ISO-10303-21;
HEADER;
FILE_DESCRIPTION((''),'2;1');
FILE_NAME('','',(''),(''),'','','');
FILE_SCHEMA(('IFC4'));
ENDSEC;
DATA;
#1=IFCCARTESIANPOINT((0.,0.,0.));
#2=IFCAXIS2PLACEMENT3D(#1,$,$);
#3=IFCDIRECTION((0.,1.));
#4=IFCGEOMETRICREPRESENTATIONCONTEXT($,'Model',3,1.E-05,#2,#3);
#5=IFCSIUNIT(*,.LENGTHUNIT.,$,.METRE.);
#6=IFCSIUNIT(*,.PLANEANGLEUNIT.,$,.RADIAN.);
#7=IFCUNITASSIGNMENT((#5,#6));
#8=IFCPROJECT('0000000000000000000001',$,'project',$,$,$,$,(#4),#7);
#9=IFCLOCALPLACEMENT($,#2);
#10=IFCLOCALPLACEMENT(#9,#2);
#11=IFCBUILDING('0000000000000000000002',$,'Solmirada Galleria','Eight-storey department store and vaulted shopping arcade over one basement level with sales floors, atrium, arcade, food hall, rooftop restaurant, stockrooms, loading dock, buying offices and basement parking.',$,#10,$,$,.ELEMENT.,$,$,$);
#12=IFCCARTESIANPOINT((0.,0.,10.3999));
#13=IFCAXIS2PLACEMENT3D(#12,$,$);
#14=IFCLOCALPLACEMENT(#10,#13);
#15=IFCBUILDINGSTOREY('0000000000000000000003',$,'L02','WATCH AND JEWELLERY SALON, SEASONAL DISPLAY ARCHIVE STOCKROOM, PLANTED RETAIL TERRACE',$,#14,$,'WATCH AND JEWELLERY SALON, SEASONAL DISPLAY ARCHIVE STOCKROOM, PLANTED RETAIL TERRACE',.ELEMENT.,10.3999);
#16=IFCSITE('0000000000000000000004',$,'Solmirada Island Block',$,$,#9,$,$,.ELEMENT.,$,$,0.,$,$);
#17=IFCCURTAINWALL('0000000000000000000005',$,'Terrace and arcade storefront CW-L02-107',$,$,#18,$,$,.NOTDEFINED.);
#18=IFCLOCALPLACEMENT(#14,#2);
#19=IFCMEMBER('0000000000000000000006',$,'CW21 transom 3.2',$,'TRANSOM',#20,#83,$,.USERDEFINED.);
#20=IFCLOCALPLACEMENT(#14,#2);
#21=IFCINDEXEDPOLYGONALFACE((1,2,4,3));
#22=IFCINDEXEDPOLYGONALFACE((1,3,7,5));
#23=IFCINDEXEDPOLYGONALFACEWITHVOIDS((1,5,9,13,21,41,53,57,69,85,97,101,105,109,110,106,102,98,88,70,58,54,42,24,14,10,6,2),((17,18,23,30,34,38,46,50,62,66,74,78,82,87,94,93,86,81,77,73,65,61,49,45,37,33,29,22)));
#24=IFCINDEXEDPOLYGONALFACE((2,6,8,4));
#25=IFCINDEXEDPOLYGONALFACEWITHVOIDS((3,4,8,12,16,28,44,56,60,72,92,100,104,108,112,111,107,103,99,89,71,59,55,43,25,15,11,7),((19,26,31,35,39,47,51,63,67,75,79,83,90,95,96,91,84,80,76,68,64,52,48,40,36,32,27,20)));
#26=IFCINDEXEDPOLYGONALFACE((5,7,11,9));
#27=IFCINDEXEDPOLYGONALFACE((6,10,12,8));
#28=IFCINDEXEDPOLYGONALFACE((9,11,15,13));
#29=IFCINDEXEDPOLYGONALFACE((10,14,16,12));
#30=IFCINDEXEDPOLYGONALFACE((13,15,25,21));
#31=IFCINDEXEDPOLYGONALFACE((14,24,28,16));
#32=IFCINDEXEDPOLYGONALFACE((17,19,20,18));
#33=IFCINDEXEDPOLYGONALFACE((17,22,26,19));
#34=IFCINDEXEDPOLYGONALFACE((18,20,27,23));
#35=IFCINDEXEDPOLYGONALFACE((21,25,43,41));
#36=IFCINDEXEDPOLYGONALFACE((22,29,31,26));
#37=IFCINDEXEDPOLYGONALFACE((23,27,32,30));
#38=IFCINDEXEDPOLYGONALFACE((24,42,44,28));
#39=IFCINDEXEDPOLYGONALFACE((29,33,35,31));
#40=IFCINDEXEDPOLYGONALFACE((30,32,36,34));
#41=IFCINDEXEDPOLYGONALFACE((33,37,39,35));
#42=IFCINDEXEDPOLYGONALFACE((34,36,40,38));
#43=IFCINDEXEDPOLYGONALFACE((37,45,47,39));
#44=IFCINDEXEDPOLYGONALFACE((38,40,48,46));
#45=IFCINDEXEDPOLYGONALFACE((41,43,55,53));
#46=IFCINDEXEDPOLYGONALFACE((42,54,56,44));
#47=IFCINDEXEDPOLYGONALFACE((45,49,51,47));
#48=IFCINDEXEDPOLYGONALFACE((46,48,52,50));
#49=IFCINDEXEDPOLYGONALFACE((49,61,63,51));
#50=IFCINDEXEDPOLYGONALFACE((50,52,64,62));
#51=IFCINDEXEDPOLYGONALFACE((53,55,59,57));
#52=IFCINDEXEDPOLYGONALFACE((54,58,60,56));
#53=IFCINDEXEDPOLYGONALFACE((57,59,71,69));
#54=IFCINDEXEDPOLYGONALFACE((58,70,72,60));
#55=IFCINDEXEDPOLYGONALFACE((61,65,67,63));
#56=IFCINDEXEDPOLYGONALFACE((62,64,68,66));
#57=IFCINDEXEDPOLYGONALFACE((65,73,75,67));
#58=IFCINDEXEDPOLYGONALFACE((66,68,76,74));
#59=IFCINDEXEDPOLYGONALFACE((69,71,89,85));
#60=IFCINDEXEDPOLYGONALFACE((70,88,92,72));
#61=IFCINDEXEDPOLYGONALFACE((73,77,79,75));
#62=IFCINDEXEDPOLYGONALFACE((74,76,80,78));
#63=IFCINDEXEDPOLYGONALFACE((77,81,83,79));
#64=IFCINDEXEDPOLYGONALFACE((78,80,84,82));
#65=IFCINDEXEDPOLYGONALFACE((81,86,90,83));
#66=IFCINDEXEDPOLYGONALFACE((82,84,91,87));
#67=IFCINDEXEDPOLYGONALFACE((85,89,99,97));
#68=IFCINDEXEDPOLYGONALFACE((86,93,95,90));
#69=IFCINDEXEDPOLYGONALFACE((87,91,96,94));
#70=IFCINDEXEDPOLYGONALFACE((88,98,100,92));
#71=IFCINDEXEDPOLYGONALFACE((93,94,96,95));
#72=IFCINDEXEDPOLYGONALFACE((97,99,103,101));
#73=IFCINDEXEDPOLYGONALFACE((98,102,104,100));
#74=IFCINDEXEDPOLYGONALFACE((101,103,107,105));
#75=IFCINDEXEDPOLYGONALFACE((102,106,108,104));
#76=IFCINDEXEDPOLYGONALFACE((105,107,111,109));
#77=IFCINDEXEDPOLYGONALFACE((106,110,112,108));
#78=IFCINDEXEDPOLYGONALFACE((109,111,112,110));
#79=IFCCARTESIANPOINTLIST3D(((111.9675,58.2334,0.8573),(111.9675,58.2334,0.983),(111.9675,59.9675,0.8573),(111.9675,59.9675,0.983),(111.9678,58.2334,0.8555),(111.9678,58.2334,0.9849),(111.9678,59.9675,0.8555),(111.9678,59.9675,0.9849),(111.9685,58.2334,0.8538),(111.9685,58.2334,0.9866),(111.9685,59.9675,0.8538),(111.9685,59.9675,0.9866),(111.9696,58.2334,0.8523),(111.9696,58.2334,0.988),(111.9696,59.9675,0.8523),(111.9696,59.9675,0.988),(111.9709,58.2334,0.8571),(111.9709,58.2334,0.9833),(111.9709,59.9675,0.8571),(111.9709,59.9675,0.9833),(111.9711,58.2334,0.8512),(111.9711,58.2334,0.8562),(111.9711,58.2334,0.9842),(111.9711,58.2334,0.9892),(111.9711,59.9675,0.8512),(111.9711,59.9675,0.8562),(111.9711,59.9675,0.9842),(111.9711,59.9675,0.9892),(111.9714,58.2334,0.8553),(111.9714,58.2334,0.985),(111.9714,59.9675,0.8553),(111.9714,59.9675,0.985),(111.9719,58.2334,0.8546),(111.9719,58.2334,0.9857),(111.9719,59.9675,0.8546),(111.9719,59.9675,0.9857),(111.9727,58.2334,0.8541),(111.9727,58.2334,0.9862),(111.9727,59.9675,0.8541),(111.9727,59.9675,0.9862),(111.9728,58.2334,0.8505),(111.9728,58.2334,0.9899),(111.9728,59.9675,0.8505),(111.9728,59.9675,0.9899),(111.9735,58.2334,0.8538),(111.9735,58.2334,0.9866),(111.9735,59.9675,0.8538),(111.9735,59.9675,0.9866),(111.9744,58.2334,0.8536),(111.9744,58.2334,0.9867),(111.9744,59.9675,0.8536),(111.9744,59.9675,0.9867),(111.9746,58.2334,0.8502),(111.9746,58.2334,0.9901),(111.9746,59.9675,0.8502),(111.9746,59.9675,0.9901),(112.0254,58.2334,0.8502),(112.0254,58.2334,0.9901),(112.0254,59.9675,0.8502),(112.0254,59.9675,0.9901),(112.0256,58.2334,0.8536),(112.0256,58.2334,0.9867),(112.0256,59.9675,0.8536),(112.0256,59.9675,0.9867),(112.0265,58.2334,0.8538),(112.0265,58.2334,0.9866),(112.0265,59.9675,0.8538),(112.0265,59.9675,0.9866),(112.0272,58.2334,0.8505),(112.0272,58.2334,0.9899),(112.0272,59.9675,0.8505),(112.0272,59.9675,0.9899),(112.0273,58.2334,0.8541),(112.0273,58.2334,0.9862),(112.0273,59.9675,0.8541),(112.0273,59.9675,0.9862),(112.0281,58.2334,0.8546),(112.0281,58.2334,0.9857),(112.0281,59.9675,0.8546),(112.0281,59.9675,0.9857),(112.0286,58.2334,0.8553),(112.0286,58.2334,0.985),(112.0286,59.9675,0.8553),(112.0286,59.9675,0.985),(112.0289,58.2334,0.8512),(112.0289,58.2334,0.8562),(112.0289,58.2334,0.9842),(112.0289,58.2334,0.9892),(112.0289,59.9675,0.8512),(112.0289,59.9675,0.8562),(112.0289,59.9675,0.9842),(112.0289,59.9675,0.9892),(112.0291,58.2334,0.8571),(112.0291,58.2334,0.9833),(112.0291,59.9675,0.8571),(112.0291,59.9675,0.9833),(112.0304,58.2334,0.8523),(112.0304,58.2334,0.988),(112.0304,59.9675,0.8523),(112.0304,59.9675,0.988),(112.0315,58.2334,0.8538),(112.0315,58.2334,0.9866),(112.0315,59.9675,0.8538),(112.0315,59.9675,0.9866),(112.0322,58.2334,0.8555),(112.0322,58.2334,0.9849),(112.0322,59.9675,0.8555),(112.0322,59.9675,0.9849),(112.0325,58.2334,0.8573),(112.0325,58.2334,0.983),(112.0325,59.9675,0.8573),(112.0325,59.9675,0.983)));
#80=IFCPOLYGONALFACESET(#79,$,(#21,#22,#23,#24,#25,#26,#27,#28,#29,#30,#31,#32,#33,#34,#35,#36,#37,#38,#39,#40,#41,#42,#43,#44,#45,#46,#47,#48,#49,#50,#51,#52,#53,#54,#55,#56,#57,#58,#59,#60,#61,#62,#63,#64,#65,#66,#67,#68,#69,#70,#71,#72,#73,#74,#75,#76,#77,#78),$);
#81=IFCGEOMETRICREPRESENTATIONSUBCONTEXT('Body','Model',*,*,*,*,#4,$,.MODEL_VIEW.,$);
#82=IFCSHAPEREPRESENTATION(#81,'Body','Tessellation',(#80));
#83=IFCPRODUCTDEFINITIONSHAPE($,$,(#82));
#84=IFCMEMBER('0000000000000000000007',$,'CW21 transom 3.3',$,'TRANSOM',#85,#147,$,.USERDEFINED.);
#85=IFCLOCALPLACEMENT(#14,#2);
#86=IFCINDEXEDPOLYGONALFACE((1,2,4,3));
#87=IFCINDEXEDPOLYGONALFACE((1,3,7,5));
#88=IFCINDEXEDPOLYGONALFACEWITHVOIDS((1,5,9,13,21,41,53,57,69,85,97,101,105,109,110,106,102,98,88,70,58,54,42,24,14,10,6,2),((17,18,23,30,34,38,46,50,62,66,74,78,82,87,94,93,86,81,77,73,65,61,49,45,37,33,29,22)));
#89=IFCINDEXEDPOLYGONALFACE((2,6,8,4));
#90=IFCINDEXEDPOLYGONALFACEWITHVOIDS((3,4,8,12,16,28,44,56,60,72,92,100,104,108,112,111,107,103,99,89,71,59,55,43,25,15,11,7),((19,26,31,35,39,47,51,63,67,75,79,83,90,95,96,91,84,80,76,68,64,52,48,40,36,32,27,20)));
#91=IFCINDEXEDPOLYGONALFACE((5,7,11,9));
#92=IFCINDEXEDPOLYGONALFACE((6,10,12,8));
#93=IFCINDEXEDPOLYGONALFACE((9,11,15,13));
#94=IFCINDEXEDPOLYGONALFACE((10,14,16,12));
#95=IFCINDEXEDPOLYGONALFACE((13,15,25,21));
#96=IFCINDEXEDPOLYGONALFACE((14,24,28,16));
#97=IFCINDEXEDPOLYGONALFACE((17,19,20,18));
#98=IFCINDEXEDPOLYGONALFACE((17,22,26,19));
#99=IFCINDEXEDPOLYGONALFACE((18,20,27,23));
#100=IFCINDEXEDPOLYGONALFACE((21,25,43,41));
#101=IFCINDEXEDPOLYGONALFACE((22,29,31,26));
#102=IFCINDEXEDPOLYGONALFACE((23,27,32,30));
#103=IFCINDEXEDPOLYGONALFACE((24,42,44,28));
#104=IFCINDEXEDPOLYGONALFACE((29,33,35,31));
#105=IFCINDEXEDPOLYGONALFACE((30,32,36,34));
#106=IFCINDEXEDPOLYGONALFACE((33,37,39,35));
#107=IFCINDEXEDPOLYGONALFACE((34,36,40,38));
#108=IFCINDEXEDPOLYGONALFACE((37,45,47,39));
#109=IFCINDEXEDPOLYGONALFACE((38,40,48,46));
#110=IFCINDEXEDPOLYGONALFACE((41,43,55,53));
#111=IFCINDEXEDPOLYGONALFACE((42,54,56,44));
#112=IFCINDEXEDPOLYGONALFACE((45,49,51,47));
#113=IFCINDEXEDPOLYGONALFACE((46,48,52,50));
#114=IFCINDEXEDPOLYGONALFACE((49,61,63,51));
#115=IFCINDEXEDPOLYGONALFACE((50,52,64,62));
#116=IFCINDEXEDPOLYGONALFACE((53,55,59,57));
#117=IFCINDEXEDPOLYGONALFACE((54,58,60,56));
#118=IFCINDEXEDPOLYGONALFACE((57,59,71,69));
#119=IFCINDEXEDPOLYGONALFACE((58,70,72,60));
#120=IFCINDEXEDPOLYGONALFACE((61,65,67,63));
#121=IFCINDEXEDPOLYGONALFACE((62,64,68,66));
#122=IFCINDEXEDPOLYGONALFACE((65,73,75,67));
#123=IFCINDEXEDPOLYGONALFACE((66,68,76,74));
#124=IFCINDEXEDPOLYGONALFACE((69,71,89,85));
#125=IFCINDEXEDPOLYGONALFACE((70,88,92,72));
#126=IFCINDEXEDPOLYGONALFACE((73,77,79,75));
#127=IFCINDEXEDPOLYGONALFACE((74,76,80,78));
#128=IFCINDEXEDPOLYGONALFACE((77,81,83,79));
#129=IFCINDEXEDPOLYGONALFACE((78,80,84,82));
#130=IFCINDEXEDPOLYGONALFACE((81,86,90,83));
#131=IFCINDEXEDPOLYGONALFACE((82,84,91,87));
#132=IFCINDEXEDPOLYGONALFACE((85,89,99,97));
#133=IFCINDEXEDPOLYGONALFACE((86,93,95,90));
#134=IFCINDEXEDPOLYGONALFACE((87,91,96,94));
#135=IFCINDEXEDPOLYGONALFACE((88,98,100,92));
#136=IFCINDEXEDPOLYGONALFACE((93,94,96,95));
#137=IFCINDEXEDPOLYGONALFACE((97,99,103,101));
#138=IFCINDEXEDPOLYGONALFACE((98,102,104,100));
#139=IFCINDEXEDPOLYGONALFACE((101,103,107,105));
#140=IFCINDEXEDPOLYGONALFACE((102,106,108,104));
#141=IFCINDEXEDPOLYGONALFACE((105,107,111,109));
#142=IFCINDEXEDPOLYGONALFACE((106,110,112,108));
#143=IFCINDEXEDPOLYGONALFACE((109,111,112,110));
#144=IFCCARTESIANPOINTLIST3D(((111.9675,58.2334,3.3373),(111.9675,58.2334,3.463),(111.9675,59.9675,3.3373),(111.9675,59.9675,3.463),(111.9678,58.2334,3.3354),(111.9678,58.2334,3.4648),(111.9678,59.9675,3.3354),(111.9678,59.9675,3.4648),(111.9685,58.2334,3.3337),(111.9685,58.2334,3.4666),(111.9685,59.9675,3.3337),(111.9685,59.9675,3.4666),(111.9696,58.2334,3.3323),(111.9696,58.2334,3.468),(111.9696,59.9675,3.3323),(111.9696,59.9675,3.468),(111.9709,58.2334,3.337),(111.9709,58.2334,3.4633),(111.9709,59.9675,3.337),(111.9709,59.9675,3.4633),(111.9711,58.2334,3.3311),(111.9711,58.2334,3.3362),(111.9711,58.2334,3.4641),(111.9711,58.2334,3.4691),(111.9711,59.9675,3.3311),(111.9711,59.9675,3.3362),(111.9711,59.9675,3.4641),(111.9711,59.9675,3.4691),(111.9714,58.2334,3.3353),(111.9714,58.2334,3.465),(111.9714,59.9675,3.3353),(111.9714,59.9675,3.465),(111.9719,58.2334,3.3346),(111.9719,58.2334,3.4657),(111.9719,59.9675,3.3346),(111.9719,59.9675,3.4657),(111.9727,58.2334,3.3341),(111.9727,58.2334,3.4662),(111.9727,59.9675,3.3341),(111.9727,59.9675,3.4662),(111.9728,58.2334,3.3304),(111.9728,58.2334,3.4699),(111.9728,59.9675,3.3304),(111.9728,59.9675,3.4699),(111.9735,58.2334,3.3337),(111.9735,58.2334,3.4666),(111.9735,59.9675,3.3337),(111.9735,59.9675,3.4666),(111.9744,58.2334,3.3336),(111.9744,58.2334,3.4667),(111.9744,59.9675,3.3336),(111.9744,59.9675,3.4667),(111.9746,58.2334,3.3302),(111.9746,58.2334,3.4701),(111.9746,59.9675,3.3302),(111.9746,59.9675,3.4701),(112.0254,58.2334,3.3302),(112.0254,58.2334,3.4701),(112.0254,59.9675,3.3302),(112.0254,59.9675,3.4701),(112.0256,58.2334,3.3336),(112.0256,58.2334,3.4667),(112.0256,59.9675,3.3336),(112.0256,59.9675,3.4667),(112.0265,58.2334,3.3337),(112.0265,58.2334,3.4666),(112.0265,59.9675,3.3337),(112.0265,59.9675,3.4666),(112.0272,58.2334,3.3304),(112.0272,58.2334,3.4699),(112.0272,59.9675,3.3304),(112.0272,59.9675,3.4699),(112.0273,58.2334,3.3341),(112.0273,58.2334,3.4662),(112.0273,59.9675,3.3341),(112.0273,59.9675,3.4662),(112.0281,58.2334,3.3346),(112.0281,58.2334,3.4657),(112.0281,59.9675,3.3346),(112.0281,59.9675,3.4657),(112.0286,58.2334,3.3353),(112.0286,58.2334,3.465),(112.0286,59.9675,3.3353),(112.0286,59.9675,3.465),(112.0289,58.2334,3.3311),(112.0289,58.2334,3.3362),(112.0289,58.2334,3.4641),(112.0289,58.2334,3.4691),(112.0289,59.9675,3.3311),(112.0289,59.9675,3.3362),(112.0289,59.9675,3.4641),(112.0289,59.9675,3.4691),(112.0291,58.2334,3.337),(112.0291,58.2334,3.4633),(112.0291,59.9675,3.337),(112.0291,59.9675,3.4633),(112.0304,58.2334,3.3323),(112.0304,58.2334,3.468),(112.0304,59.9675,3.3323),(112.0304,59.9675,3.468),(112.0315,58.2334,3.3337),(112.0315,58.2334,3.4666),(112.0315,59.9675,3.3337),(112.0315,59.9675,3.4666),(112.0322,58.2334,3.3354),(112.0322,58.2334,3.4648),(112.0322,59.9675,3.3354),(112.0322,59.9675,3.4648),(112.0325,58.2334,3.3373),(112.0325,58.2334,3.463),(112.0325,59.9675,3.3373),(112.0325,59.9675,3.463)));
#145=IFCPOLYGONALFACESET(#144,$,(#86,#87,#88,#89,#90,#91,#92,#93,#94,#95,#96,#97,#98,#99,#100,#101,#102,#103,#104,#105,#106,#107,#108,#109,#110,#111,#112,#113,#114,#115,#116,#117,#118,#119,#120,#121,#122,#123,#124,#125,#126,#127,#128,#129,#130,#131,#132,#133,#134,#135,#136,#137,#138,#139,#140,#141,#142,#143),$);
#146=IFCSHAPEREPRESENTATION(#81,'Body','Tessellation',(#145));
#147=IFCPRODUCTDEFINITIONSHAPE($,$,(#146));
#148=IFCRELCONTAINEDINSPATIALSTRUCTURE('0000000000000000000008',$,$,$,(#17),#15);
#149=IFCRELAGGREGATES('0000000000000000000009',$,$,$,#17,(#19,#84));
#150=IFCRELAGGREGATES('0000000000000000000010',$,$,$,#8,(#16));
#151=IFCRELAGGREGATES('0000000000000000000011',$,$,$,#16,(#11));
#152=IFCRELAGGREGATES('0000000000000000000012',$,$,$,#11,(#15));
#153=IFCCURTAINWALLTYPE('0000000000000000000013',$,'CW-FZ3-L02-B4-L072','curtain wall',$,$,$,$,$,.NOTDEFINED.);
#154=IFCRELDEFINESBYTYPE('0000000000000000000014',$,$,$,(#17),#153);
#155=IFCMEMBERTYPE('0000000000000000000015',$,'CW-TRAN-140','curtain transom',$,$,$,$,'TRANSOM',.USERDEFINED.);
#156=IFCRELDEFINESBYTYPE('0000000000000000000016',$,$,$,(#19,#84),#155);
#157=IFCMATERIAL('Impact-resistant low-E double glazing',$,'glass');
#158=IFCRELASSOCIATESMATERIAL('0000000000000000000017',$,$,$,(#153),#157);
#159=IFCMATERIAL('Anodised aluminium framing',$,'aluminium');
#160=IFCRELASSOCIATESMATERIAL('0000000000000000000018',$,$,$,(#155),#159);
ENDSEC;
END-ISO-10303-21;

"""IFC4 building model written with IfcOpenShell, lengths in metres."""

from ifc_helpers import new_model, si_unit, direction, frame, origin, origin_2d, place, context, subcontext, project, spatial, hollow_rectangle, extrude, material, material_profile, profile_set, type_object, element, aggregate, save


model = new_model("IFC4")

# Units and contexts
model_context = context("Model", 3, precision=1e-05, world=origin(), true_north=direction((0.0, 1.0)))
body_context = subcontext(model_context, "Body", "Model", "MODEL_VIEW")
ifc_project = project(units=[si_unit("LENGTHUNIT", "METRE"), si_unit("PLANEANGLEUNIT", "RADIAN")], contexts=[model_context])

# Site, building, storey
site_placement = place(None, origin())
site = spatial("IfcSite", under=ifc_project, at=site_placement, Name="Solmirada Island Block", CompositionType="ELEMENT", RefElevation=0.0)
building_placement = place(site_placement, origin())
building = spatial("IfcBuilding", under=site, at=building_placement, Name="Solmirada Galleria", Description="Eight-storey department store and vaulted shopping arcade over one basement level with sales floors, atrium, arcade, food hall, rooftop restaurant, stockrooms, loading dock, buying offices and basement parking.", CompositionType="ELEMENT")
storey_placement = place(building_placement, frame((0.0, 0.0, 10.3999)))
storey = spatial("IfcBuildingStorey", under=building, at=storey_placement, Name="L02", Description="WATCH AND JEWELLERY SALON, SEASONAL DISPLAY ARCHIVE STOCKROOM, PLANTED RETAIL TERRACE", LongName="WATCH AND JEWELLERY SALON, SEASONAL DISPLAY ARCHIVE STOCKROOM, PLANTED RETAIL TERRACE", CompositionType="ELEMENT", Elevation=10.3999)

# Curtain wall
ifc_material_1 = material(Name="Impact-resistant low-E double glazing", Category="glass")
curtain_wall_type_1 = type_object("IfcCurtainWallType", Name="CW-FZ3-L02-B4-L072", Description="curtain wall", PredefinedType="NOTDEFINED", material=ifc_material_1)
curtain_wall_1_placement = place(storey_placement, origin())
curtain_wall_1 = element("IfcCurtainWall", 1, at=curtain_wall_1_placement, inside=storey, type_object=curtain_wall_type_1, Name="Terrace and arcade storefront CW-L02-107", PredefinedType="NOTDEFINED")
ifc_material_2 = material(Name="Anodised aluminium framing", Category="aluminium")

# Members
ifc_material_profile_1 = material_profile(ifc_material_2, hollow_rectangle(XDim=0.0649, YDim=0.1399, WallThickness=0.0034, InnerFilletRadius=0.0034, OuterFilletRadius=0.0071, at=origin_2d()), Name="ALU-TRAN-140X65")
ifc_profile_set_1 = profile_set([ifc_material_profile_1], Name="Anodised aluminium framing")
member_type_1 = type_object("IfcMemberType", Name="CW-TRAN-140", Description="curtain transom", ElementType="TRANSOM", PredefinedType="USERDEFINED", material=ifc_profile_set_1)
member_1_placement = place(storey_placement, frame((112.0, 59.9675, 0.9202), z_axis=(0.0, -1.0, 0.0), x_axis=(1.0, 0.0, 0.0)))
member_1 = element("IfcMember", 2, at=member_1_placement, type_object=member_type_1, Name="CW21 transom 3.2", ObjectType="TRANSOM", PredefinedType="USERDEFINED", context=body_context, shape_type="SweptSolid", body=[
    extrude(hollow_rectangle(XDim=0.0649, YDim=0.1399, WallThickness=0.0034, InnerFilletRadius=0.0034, OuterFilletRadius=0.0071, at=origin_2d()), origin(), (0.0, 0.0, 1.0), 1.7341),
])
member_2_placement = place(storey_placement, frame((112.0, 59.9675, 3.4001), z_axis=(0.0, -1.0, 0.0), x_axis=(1.0, 0.0, 0.0)))
member_2 = element("IfcMember", 3, at=member_2_placement, type_object=member_type_1, Name="CW21 transom 3.3", ObjectType="TRANSOM", PredefinedType="USERDEFINED", context=body_context, shape_type="SweptSolid", body=[
    extrude(hollow_rectangle(XDim=0.0649, YDim=0.1399, WallThickness=0.0034, InnerFilletRadius=0.0034, OuterFilletRadius=0.0071, at=origin_2d()), origin(), (0.0, 0.0, 1.0), 1.7341),
])

aggregate(curtain_wall_1, [member_1, member_2])

save(model, "model.ifc")
